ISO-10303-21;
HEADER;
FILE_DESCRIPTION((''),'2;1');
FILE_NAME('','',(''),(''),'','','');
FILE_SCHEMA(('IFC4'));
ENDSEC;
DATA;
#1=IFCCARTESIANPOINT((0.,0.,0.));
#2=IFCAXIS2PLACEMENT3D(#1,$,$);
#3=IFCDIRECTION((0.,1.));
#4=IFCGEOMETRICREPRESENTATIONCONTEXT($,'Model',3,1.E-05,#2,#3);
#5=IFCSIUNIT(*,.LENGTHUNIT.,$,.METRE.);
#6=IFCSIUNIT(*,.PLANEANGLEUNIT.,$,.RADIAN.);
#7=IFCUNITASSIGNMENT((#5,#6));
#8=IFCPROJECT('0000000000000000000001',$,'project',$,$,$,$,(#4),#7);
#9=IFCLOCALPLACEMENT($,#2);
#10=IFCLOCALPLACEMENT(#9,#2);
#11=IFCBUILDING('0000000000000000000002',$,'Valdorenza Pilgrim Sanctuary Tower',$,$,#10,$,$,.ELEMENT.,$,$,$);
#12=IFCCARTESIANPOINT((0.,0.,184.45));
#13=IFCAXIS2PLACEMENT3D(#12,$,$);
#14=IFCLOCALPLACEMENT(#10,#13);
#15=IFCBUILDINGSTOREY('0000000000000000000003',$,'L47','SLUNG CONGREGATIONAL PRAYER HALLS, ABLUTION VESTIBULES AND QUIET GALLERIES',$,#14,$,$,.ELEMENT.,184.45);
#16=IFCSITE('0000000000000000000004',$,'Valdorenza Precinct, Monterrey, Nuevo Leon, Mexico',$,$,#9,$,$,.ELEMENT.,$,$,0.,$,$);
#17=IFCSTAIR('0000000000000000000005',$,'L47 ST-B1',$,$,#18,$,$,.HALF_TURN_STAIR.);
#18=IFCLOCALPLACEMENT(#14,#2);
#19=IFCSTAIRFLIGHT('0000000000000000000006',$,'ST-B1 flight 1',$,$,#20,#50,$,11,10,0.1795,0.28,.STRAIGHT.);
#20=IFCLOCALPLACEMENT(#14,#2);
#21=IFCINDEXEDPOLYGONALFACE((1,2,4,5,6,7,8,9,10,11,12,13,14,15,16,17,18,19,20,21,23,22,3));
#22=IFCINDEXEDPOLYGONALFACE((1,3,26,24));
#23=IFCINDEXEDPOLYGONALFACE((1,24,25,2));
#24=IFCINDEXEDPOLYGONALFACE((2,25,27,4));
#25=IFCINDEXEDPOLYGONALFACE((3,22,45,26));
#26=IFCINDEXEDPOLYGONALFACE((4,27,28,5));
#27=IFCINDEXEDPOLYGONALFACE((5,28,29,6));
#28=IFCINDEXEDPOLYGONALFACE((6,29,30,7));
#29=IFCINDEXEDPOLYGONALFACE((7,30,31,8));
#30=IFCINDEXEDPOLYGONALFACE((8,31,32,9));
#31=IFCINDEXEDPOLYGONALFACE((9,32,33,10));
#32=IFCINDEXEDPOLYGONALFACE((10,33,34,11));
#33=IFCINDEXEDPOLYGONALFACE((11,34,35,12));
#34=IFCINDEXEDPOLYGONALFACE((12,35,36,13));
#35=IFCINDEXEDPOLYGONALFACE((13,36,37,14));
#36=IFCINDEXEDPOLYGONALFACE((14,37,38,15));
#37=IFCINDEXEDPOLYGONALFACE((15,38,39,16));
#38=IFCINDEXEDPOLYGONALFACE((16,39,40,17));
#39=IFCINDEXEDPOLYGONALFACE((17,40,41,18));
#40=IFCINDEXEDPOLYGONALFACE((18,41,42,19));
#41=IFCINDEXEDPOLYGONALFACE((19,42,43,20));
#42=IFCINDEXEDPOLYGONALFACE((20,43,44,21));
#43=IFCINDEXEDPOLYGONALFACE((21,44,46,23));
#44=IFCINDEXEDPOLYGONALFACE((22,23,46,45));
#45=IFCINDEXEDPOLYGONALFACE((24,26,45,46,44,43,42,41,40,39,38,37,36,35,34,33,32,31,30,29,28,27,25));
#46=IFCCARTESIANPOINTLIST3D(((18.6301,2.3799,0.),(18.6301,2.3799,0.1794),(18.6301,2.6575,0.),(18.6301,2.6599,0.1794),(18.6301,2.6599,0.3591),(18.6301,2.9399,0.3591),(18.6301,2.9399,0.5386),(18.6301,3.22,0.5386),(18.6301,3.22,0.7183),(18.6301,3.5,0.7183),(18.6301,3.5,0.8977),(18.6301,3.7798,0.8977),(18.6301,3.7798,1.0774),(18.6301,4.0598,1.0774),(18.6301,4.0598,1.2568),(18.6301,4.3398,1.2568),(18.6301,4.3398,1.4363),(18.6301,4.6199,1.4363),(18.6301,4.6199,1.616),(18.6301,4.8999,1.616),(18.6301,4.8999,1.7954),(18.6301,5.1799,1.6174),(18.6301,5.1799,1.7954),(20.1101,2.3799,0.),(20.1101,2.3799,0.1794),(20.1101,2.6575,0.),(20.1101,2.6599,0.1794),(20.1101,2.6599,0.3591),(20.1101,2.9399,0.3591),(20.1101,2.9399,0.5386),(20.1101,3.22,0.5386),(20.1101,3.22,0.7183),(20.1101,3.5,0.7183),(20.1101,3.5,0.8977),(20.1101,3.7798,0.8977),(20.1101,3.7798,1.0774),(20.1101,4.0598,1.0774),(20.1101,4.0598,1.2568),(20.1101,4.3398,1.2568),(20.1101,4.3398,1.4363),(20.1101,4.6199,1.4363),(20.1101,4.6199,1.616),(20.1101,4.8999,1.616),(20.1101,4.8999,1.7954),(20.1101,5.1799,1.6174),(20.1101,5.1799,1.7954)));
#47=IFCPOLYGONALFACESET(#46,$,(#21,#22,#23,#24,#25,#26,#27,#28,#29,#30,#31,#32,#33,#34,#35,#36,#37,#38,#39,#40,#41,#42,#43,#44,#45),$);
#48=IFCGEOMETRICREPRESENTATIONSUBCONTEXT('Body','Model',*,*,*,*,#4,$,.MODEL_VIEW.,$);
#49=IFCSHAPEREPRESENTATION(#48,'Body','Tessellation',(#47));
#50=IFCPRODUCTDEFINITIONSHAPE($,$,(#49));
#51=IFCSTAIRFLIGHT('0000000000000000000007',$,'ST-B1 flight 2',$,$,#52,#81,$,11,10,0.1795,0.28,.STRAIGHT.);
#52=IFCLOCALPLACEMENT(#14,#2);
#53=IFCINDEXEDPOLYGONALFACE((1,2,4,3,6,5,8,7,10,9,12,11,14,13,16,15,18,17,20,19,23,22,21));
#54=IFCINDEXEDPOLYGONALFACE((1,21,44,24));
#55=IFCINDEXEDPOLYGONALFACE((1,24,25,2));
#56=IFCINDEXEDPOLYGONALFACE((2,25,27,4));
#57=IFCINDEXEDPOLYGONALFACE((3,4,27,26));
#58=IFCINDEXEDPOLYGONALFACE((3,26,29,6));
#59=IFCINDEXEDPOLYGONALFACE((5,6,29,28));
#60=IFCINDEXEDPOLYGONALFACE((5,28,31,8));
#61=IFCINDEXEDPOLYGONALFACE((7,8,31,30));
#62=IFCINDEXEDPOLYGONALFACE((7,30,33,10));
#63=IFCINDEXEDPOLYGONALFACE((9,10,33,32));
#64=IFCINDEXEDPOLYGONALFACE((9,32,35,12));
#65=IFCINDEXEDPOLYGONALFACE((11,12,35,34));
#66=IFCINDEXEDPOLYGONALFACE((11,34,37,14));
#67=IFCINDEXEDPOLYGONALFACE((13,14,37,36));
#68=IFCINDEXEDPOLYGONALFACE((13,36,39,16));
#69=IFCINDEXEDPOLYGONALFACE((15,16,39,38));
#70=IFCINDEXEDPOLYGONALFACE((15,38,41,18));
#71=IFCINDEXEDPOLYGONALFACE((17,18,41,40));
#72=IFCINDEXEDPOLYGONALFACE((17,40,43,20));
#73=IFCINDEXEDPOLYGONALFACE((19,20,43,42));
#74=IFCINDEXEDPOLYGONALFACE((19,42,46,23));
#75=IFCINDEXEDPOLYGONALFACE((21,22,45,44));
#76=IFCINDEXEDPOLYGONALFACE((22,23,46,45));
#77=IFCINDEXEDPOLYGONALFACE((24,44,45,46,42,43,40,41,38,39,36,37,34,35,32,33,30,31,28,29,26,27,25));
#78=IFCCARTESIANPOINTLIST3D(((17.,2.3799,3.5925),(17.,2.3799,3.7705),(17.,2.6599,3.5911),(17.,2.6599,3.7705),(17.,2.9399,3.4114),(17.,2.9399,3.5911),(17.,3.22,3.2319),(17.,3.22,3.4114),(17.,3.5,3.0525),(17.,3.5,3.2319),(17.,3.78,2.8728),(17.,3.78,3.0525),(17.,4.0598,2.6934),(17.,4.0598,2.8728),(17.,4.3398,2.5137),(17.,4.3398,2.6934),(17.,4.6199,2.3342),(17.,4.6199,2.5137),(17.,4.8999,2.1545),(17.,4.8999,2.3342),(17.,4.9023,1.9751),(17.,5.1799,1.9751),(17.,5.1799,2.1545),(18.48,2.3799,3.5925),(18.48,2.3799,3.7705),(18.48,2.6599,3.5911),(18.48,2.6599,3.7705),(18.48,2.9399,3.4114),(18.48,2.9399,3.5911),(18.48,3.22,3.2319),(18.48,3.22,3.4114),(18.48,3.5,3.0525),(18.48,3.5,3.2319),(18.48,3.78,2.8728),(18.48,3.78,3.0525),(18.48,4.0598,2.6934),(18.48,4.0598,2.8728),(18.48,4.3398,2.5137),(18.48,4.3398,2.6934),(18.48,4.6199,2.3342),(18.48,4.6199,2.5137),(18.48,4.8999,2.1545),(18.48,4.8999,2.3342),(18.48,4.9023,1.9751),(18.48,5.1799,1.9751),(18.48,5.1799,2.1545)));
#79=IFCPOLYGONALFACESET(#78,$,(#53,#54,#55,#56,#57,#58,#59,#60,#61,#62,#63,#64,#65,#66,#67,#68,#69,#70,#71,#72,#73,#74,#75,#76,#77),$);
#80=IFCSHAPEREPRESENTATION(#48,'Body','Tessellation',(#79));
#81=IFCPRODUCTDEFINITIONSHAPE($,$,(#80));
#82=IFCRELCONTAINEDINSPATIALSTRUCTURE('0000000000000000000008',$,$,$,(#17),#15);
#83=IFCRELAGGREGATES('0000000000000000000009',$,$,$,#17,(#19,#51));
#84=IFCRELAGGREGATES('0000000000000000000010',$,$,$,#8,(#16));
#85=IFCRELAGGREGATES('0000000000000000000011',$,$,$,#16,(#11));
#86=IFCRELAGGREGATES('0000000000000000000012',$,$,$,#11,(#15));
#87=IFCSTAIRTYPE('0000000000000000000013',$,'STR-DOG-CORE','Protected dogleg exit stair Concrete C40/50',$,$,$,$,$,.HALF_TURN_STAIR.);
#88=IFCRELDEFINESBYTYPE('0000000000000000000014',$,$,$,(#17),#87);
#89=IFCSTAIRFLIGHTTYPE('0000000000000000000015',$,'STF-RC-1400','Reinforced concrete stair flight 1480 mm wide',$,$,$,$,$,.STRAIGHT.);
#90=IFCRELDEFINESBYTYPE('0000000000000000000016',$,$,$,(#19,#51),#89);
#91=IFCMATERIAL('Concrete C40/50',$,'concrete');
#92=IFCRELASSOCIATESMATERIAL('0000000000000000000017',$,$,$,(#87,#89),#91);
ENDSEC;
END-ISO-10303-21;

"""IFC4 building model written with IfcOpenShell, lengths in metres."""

from ifc_helpers import new_model, si_unit, direction, frame, origin, place, context, subcontext, project, spatial, polyline, outline, extrude, material, type_object, element, aggregate, save


model = new_model("IFC4")

# Units and contexts
model_context = context("Model", 3, precision=1e-05, world=origin(), true_north=direction((0.0, 1.0)))
body_context = subcontext(model_context, "Body", "Model", "MODEL_VIEW")
ifc_project = project(units=[si_unit("LENGTHUNIT", "METRE"), si_unit("PLANEANGLEUNIT", "RADIAN")], contexts=[model_context])

# Site, building, storey
site_placement = place(None, origin())
site = spatial("IfcSite", under=ifc_project, at=site_placement, Name="Valdorenza Precinct, Monterrey, Nuevo Leon, Mexico", CompositionType="ELEMENT", RefElevation=0.0)
building_placement = place(site_placement, origin())
building = spatial("IfcBuilding", under=site, at=building_placement, Name="Valdorenza Pilgrim Sanctuary Tower", CompositionType="ELEMENT")
storey_placement = place(building_placement, frame((0.0, 0.0, 184.45)))
storey = spatial("IfcBuildingStorey", under=building, at=storey_placement, Name="L47", Description="SLUNG CONGREGATIONAL PRAYER HALLS, ABLUTION VESTIBULES AND QUIET GALLERIES", CompositionType="ELEMENT", Elevation=184.45)

# Shared definitions
ifc_material_1 = material(Name="Concrete C40/50", Category="concrete")

# Stair, stair flights
stair_type = type_object("IfcStairType", Name="STR-DOG-CORE", Description="Protected dogleg exit stair Concrete C40/50", PredefinedType="HALF_TURN_STAIR", material=ifc_material_1)
stair_placement = place(storey_placement, origin())
stair = element("IfcStair", 1, at=stair_placement, inside=storey, type_object=stair_type, Name="L47 ST-B1", PredefinedType="HALF_TURN_STAIR")
stair_flight_type = type_object("IfcStairFlightType", Name="STF-RC-1400", Description="Reinforced concrete stair flight 1480 mm wide", PredefinedType="STRAIGHT", material=ifc_material_1)
stair_flight_1_placement = place(storey_placement, frame((19.3701, 2.3799, 0.0), z_axis=(0.0, 0.0, 1.0), x_axis=(0.0, 1.0, 0.0)))
stair_flight_1 = element("IfcStairFlight", 2, at=stair_flight_1_placement, type_object=stair_flight_type, Name="ST-B1 flight 1", NumberOfRisers=11, NumberOfTreads=10, PredefinedType="STRAIGHT", RiserHeight=0.1795, TreadLength=0.28, context=body_context, shape_type="SweptSolid", body=[
    extrude(outline(polyline([(0.0, 0.0), (0.0, 0.1794), (0.28, 0.1794), (0.28, 0.3591), (0.5601, 0.3591), (0.5601, 0.5386), (0.8401, 0.5386), (0.8401, 0.7183), (1.1201, 0.7183), (1.1201, 0.8977), (1.3999, 0.8977), (1.3999, 1.0774), (1.6799, 1.0774), (1.6799, 1.2568), (1.96, 1.2568), (1.96, 1.4363), (2.24, 1.4363), (2.24, 1.616), (2.52, 1.616), (2.52, 1.7954), (2.8, 1.7954), (2.8, 1.9751), (2.8, 1.6174), (0.2776, 0.0), (0.0, 0.0)])), frame((0.0, 0.74, 0.0), z_axis=(0.0, -1.0, 0.0), x_axis=(1.0, 0.0, 0.0)), (0.0, 0.0, 1.0), 1.48),
])
stair_flight_2_placement = place(storey_placement, frame((17.74, 5.1799, 1.9751), z_axis=(0.0, 0.0, 1.0), x_axis=(0.0, -1.0, 0.0)))
stair_flight_2 = element("IfcStairFlight", 3, at=stair_flight_2_placement, type_object=stair_flight_type, Name="ST-B1 flight 2", NumberOfRisers=11, NumberOfTreads=10, PredefinedType="STRAIGHT", RiserHeight=0.1795, TreadLength=0.28, context=body_context, shape_type="SweptSolid", body=[
    extrude(outline(polyline([(0.0, 0.0), (0.0, 0.1794), (0.28, 0.1794), (0.28, 0.3591), (0.5601, 0.3591), (0.5601, 0.5386), (0.8401, 0.5386), (0.8401, 0.7183), (1.1201, 0.7183), (1.1201, 0.8977), (1.3999, 0.8977), (1.3999, 1.0774), (1.6799, 1.0774), (1.6799, 1.2568), (1.96, 1.2568), (1.96, 1.4363), (2.24, 1.4363), (2.24, 1.616), (2.52, 1.616), (2.52, 1.7954), (2.8, 1.7954), (2.8, 1.9751), (2.8, 1.6174), (0.2776, 0.0), (0.0, 0.0)])), frame((0.0, 0.74, 0.0), z_axis=(0.0, -1.0, 0.0), x_axis=(1.0, 0.0, 0.0)), (0.0, 0.0, 1.0), 1.48),
])
aggregate(stair, [stair_flight_1, stair_flight_2])

save(model, "model.ifc")
